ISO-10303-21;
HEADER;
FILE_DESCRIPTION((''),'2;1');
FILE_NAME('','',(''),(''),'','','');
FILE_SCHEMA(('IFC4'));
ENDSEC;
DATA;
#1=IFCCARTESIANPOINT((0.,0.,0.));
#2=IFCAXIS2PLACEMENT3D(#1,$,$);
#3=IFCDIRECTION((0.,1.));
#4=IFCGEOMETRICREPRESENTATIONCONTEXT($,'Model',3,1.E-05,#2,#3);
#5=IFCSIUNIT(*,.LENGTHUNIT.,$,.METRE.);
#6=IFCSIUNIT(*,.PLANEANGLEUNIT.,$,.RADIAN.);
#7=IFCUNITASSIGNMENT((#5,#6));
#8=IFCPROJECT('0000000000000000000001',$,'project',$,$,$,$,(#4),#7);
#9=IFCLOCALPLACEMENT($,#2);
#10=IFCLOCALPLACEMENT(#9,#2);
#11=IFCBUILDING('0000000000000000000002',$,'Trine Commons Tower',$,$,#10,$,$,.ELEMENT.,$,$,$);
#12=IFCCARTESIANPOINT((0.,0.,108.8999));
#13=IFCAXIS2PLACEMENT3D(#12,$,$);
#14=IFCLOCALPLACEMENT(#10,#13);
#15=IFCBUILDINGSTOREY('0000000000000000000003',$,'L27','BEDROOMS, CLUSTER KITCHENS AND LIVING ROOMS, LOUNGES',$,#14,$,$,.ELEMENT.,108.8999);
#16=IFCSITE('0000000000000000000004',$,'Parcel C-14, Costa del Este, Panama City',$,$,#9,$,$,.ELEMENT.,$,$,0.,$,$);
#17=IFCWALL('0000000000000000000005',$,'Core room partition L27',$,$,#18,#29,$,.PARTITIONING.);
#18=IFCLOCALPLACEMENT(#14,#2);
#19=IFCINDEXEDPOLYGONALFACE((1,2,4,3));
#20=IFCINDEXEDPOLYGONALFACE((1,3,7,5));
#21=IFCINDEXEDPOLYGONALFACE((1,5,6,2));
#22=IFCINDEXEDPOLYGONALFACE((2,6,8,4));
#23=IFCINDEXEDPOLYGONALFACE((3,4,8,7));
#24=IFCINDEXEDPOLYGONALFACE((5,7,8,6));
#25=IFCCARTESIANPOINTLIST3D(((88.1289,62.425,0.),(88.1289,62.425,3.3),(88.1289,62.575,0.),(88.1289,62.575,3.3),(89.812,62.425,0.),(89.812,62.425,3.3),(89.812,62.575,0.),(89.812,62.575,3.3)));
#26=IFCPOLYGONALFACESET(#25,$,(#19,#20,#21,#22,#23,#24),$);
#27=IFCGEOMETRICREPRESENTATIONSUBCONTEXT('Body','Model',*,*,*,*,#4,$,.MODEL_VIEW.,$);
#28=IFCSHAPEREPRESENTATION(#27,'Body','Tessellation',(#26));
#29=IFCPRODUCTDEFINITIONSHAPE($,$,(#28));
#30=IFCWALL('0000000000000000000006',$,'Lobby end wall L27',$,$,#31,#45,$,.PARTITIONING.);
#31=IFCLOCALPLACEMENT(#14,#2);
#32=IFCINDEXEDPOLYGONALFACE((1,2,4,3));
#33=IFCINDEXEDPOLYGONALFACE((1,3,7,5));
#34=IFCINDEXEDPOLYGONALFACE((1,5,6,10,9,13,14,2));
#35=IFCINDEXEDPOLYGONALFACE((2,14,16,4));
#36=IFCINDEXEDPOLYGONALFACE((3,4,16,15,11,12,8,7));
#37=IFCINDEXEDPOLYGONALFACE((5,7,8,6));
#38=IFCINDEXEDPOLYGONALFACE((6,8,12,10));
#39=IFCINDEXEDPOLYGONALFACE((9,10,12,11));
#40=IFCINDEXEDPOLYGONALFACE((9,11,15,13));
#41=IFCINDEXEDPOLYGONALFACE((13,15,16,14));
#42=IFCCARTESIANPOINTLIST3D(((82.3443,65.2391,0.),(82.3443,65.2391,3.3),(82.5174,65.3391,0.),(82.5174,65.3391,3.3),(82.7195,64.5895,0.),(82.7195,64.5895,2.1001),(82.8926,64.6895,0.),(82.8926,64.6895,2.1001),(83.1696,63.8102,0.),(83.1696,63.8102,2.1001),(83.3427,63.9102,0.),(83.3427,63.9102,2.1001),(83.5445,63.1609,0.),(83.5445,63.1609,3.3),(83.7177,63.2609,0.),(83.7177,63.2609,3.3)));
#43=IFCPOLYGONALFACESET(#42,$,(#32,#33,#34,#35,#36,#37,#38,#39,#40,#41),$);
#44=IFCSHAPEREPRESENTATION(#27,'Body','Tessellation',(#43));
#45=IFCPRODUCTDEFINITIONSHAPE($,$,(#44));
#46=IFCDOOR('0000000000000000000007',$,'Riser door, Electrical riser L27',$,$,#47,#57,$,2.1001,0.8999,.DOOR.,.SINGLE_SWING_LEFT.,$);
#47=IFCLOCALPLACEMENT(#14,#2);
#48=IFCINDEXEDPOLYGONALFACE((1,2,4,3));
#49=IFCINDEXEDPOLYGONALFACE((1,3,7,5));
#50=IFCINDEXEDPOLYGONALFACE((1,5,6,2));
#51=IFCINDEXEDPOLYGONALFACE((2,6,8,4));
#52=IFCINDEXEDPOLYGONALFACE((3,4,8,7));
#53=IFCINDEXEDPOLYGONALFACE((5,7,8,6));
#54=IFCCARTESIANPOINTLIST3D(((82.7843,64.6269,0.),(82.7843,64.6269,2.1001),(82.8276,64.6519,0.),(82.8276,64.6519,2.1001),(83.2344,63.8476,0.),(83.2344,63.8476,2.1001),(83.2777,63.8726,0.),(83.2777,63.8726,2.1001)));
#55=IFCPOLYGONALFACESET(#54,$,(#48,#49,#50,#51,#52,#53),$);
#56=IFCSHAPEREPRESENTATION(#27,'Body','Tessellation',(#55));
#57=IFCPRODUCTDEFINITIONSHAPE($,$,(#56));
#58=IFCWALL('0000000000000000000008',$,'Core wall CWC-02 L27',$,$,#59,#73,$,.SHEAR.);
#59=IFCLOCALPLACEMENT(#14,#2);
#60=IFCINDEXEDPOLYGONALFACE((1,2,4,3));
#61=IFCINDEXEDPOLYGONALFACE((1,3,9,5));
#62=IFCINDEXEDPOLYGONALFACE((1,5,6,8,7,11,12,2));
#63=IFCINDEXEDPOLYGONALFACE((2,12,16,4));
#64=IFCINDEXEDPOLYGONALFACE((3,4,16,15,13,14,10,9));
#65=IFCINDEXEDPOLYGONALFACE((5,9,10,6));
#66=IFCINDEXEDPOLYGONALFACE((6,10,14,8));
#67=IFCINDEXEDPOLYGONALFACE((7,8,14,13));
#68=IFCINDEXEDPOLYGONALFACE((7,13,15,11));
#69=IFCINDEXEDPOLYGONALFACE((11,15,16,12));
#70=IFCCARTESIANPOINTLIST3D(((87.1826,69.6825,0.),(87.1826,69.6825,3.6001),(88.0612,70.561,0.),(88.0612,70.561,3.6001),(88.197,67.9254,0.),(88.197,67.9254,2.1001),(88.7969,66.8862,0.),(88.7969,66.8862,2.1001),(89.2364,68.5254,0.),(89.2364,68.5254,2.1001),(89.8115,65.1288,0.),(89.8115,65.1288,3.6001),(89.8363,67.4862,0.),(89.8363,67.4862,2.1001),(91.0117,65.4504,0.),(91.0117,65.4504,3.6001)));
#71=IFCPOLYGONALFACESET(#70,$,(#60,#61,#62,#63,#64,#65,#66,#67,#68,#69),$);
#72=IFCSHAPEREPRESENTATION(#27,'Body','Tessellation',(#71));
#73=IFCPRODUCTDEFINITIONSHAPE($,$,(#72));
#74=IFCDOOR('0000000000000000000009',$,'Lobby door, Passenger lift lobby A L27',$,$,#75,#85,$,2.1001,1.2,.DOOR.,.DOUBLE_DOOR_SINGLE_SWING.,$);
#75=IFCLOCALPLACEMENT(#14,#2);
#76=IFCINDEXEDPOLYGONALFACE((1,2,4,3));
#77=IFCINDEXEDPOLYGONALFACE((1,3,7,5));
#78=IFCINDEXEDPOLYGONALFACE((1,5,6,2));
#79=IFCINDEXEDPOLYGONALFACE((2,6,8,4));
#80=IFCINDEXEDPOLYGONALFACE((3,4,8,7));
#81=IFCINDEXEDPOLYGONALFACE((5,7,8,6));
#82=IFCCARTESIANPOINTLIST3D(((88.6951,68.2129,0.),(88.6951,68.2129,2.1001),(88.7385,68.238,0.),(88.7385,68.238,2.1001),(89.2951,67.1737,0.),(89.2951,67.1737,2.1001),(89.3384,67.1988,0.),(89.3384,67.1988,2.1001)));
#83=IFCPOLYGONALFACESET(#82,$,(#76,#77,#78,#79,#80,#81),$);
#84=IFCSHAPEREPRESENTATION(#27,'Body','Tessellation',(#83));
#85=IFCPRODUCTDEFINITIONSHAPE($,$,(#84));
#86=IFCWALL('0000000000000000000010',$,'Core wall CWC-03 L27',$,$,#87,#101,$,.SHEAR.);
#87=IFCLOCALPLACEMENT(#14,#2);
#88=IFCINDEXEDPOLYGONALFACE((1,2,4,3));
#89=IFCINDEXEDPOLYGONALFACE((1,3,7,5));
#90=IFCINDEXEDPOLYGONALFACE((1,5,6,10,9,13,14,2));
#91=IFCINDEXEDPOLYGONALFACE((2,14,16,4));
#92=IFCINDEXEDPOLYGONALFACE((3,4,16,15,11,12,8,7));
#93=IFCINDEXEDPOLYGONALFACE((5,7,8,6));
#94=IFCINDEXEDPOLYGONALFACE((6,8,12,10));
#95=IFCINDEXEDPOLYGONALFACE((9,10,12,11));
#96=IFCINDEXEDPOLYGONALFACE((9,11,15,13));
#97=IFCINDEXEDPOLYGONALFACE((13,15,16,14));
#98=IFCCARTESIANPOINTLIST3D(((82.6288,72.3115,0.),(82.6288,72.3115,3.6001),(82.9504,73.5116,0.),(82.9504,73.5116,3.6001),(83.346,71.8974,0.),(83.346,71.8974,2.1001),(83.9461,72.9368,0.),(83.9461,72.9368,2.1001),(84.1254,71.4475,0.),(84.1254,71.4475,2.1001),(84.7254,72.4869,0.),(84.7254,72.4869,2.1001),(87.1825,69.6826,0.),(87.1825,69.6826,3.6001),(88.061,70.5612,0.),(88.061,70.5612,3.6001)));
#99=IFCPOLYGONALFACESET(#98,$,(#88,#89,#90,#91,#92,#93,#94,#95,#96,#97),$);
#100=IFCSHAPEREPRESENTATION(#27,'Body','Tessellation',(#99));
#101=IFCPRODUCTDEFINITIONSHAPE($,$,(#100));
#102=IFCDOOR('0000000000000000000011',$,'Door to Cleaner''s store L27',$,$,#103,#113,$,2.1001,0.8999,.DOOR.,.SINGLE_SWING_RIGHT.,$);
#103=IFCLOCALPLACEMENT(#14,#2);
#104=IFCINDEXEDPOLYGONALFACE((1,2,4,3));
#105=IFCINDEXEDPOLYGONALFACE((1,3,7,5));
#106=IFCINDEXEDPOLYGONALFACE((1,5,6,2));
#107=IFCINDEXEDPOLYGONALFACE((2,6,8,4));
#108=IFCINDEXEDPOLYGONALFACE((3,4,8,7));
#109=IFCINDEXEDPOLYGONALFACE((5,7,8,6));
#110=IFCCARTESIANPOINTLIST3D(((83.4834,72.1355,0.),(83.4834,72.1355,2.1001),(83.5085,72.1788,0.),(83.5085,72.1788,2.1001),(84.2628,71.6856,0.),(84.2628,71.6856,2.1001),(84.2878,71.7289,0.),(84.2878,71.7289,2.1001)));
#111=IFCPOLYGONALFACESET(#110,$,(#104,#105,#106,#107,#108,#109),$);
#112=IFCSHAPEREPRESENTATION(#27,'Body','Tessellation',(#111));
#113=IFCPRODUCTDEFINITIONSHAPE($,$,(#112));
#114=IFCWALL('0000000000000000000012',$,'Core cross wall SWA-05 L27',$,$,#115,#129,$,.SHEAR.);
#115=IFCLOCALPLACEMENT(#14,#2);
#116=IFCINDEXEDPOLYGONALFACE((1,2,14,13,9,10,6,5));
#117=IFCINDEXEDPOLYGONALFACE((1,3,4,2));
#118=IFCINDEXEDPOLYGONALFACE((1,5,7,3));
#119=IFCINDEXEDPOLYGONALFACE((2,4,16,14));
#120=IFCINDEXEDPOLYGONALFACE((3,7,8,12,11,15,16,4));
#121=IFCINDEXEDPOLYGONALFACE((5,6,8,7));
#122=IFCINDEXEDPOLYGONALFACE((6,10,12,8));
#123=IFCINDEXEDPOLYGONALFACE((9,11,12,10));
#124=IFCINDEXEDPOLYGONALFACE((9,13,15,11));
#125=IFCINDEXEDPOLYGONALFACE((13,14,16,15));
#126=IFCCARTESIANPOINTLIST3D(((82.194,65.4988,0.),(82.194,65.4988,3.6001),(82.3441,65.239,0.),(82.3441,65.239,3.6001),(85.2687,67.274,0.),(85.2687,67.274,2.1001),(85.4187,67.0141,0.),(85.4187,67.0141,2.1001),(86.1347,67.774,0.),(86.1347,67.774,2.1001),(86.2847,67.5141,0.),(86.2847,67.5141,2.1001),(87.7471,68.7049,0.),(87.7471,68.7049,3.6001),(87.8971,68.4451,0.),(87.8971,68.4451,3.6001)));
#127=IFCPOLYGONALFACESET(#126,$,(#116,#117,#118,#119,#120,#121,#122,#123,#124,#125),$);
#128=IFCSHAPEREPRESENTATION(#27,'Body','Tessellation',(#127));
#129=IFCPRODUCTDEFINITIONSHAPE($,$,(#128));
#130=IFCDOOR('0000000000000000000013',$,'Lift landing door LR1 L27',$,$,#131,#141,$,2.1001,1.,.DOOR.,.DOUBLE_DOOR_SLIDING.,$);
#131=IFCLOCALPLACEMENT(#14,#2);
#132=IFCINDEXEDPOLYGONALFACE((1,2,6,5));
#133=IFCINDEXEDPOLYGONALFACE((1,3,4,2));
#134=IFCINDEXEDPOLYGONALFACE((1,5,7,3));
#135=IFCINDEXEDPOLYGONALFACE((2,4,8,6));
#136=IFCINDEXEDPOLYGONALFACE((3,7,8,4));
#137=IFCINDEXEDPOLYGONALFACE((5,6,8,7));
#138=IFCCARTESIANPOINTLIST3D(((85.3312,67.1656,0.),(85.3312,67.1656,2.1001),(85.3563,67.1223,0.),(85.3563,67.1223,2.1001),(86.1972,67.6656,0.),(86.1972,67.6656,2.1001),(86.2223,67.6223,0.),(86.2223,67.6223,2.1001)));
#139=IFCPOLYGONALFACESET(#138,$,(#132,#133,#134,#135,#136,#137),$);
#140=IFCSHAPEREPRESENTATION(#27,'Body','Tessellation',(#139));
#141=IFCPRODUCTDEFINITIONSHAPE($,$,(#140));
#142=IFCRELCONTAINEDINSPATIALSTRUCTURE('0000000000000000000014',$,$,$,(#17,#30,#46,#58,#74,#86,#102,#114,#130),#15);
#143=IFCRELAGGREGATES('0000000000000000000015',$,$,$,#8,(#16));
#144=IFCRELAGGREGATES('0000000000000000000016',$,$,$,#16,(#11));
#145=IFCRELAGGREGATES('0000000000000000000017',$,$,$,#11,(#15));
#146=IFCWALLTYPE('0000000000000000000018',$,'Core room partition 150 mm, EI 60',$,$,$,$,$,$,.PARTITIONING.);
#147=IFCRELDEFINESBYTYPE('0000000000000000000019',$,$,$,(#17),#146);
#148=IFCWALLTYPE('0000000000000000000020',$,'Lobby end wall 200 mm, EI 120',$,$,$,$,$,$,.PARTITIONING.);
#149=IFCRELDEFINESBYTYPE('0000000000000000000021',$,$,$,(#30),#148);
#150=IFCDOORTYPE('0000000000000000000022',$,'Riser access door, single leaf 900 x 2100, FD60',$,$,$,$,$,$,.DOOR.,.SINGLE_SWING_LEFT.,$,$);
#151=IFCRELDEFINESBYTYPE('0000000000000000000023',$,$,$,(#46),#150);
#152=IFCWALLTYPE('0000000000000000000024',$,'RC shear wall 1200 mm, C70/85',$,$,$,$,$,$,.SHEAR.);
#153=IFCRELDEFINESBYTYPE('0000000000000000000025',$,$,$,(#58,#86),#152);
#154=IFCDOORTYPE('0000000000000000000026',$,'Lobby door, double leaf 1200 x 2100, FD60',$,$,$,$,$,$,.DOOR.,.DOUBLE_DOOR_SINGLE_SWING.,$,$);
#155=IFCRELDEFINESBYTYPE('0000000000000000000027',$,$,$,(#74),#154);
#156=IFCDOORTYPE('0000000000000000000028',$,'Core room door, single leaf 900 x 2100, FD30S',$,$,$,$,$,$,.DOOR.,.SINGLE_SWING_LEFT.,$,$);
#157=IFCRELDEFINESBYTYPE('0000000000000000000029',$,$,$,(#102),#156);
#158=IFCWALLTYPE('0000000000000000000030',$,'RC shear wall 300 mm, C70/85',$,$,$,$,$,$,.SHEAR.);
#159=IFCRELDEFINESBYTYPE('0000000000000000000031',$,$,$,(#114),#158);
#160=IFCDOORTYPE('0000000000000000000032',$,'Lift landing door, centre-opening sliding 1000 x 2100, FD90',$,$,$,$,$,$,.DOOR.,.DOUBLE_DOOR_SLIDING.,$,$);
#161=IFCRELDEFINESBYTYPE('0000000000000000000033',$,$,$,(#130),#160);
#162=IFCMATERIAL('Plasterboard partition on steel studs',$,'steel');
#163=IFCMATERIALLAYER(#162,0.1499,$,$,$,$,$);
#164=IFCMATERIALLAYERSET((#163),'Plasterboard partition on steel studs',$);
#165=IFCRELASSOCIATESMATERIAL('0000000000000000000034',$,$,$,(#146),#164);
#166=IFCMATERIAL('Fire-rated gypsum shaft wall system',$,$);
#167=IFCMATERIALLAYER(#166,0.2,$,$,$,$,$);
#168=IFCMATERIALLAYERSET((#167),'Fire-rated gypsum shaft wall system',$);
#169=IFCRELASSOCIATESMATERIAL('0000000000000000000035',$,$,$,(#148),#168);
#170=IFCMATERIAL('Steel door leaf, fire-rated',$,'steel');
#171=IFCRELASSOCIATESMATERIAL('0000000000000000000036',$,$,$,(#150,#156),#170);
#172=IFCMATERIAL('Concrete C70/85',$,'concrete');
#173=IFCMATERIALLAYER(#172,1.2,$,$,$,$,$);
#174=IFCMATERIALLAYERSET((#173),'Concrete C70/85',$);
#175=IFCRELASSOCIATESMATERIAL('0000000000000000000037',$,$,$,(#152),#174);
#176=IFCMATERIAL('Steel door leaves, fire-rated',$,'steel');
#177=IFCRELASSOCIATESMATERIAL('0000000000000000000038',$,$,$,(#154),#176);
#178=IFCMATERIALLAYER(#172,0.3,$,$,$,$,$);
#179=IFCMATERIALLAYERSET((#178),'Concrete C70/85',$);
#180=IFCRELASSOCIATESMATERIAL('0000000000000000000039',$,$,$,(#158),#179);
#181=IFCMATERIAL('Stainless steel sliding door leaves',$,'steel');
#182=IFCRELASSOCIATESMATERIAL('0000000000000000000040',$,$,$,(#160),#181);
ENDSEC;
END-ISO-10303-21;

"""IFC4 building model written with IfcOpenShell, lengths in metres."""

from ifc_helpers import new_model, si_unit, direction, frame, frame_2d, origin, place, context, subcontext, project, spatial, polyline, rectangle, outline, extrude, material, layer, layer_set, type_object, element, fill, save


model = new_model("IFC4")

# Units and contexts
model_context = context("Model", 3, precision=1e-05, world=origin(), true_north=direction((0.0, 1.0)))
body_context = subcontext(model_context, "Body", "Model", "MODEL_VIEW")
ifc_project = project(units=[si_unit("LENGTHUNIT", "METRE"), si_unit("PLANEANGLEUNIT", "RADIAN")], contexts=[model_context])

# Site, building, storey
site_placement = place(None, origin())
site = spatial("IfcSite", under=ifc_project, at=site_placement, Name="Parcel C-14, Costa del Este, Panama City", CompositionType="ELEMENT", RefElevation=0.0)
building_placement = place(site_placement, origin())
building = spatial("IfcBuilding", under=site, at=building_placement, Name="Trine Commons Tower", CompositionType="ELEMENT")
storey_placement = place(building_placement, frame((0.0, 0.0, 108.8999)))
storey = spatial("IfcBuildingStorey", under=building, at=storey_placement, Name="L27", Description="BEDROOMS, CLUSTER KITCHENS AND LIVING ROOMS, LOUNGES", CompositionType="ELEMENT", Elevation=108.8999)

# Wall
ifc_material_1 = material(Name="Plasterboard partition on steel studs", Category="steel")
ifc_layer_1 = layer(ifc_material_1, 0.1499)
ifc_layer_set_1 = layer_set([ifc_layer_1], Name="Plasterboard partition on steel studs")
wall_type_1 = type_object("IfcWallType", Name="Core room partition 150 mm, EI 60", PredefinedType="PARTITIONING", material=ifc_layer_set_1)
wall_1_placement = place(storey_placement, frame((89.812, 62.5, 0.0), z_axis=(0.0, 0.0, 1.0), x_axis=(-1.0, 0.0, 0.0)))
element("IfcWall", 1, at=wall_1_placement, inside=storey, type_object=wall_type_1, Name="Core room partition L27", PredefinedType="PARTITIONING", context=body_context, shape_type="SweptSolid", body=[
    extrude(rectangle(XDim=1.6831, YDim=0.1499, at=frame_2d((0.8416, 0.0))), origin(), (0.0, 0.0, 1.0), 3.3),
])

# Walls, openings, doors
ifc_material_2 = material(Name="Fire-rated gypsum shaft wall system")
ifc_layer_2 = layer(ifc_material_2, 0.2)
ifc_layer_set_2 = layer_set([ifc_layer_2], Name="Fire-rated gypsum shaft wall system")
wall_type_2 = type_object("IfcWallType", Name="Lobby end wall 200 mm, EI 120", PredefinedType="PARTITIONING", material=ifc_layer_set_2)
wall_2_placement = place(storey_placement, frame((83.6311, 63.2109, 0.0), z_axis=(0.0, 0.0, 1.0), x_axis=(-0.500122, 0.865955, 0.0)))
wall_2 = element("IfcWall", 2, at=wall_2_placement, inside=storey, type_object=wall_type_2, Name="Lobby end wall L27", PredefinedType="PARTITIONING", context=body_context, shape_type="SweptSolid", body=[
    extrude(rectangle(XDim=2.3999, YDim=0.2, at=frame_2d((1.2, 0.0))), origin(), (0.0, 0.0, 1.0), 3.3),
])
opening_1_placement = place(wall_2_placement, frame((0.7498, 0.0, 0.0)))
opening_1 = element("IfcOpeningElement", 3, at=opening_1_placement, cuts=wall_2, PredefinedType="OPENING", context=body_context, shape_type="SweptSolid", body=[
    extrude(rectangle(XDim=0.8999, YDim=2.1001, at=frame_2d((0.45, 1.05))), frame((0.0, 0.1099, 0.0), z_axis=(0.0, -1.0, 0.0), x_axis=(1.0, 0.0, 0.0)), (0.0, 0.0, 1.0), 0.22),
])
ifc_material_3 = material(Name="Steel door leaf, fire-rated", Category="steel")
door_type_1 = type_object("IfcDoorType", Name="Riser access door, single leaf 900 x 2100, FD60", OperationType="SINGLE_SWING_LEFT", PredefinedType="DOOR", material=ifc_material_3)
door_1_placement = place(opening_1_placement, frame((0.8999, 0.0, 0.0), z_axis=(0.0, 0.0, 1.0), x_axis=(-1.0, 0.0, 0.0)))
door_1 = element("IfcDoor", 4, at=door_1_placement, inside=storey, type_object=door_type_1, Name="Riser door, Electrical riser L27", OperationType="SINGLE_SWING_LEFT", OverallHeight=2.1001, OverallWidth=0.8999, PredefinedType="DOOR", context=body_context, shape_type="SweptSolid", body=[
    extrude(rectangle(XDim=0.8999, YDim=2.1001, at=frame_2d((0.45, 1.05))), frame((0.0, 0.0249, 0.0), z_axis=(0.0, -1.0, 0.0), x_axis=(1.0, 0.0, 0.0)), (0.0, 0.0, 1.0), 0.05),
])
fill(opening_1, door_1)
ifc_material_4 = material(Name="Concrete C70/85", Category="concrete")
ifc_layer_3 = layer(ifc_material_4, 1.2)
ifc_layer_set_3 = layer_set([ifc_layer_3], Name="Concrete C70/85")
wall_type_3 = type_object("IfcWallType", Name="RC shear wall 1200 mm, C70/85", PredefinedType="SHEAR", material=ifc_layer_set_3)
wall_3_placement = place(storey_placement, frame((90.4919, 65.1504, 0.0), z_axis=(0.0, 0.0, 1.0), x_axis=(-0.499979, 0.866037, 0.0)))
wall_3 = element("IfcWall", 5, at=wall_3_placement, inside=storey, type_object=wall_type_3, Name="Core wall CWC-02 L27", PredefinedType="SHEAR", context=body_context, shape_type="SweptSolid", body=[
    extrude(outline(polyline([(0.0, -0.6001), (5.9011, -0.6001), (5.5796, 0.6001), (0.3215, 0.6001), (0.0, -0.6001)])), origin(), (0.0, 0.0, 1.0), 3.6001),
])
opening_2_placement = place(wall_3_placement, frame((2.3506, 0.0, 0.0)))
opening_2 = element("IfcOpeningElement", 6, at=opening_2_placement, cuts=wall_3, PredefinedType="OPENING", context=body_context, shape_type="SweptSolid", body=[
    extrude(rectangle(XDim=1.2, YDim=2.1001, at=frame_2d((0.6001, 1.05))), frame((0.0, 0.6099, 0.0), z_axis=(0.0, -1.0, 0.0), x_axis=(1.0, 0.0, 0.0)), (0.0, 0.0, 1.0), 1.22),
])
ifc_material_5 = material(Name="Steel door leaves, fire-rated", Category="steel")
door_type_2 = type_object("IfcDoorType", Name="Lobby door, double leaf 1200 x 2100, FD60", OperationType="DOUBLE_DOOR_SINGLE_SWING", PredefinedType="DOOR", material=ifc_material_5)
door_2_placement = place(opening_2_placement, origin())
door_2 = element("IfcDoor", 7, at=door_2_placement, inside=storey, type_object=door_type_2, Name="Lobby door, Passenger lift lobby A L27", OperationType="DOUBLE_DOOR_SINGLE_SWING", OverallHeight=2.1001, OverallWidth=1.2, PredefinedType="DOOR", context=body_context, shape_type="SweptSolid", body=[
    extrude(rectangle(XDim=1.2, YDim=2.1001, at=frame_2d((0.6001, 1.05))), frame((0.0, 0.0249, 0.0), z_axis=(0.0, -1.0, 0.0), x_axis=(1.0, 0.0, 0.0)), (0.0, 0.0, 1.0), 0.05),
])
fill(opening_2, door_2)
wall_4_placement = place(storey_placement, frame((87.761, 70.0415, 0.0), z_axis=(0.0, 0.0, 1.0), x_axis=(-0.866037, 0.499979, 0.0)))
wall_4 = element("IfcWall", 8, at=wall_4_placement, inside=storey, type_object=wall_type_3, Name="Core wall CWC-03 L27", PredefinedType="SHEAR", context=body_context, shape_type="SweptSolid", body=[
    extrude(outline(polyline([(0.0, -0.6001), (5.9011, -0.6001), (5.5796, 0.6001), (0.3215, 0.6001), (0.0, -0.6001)])), origin(), (0.0, 0.0, 1.0), 3.6001),
])
opening_3_placement = place(wall_4_placement, frame((3.8516, 0.0, 0.0)))
opening_3 = element("IfcOpeningElement", 9, at=opening_3_placement, cuts=wall_4, PredefinedType="OPENING", context=body_context, shape_type="SweptSolid", body=[
    extrude(rectangle(XDim=0.8999, YDim=2.1001, at=frame_2d((0.45, 1.05))), frame((0.0, 0.6099, 0.0), z_axis=(0.0, -1.0, 0.0), x_axis=(1.0, 0.0, 0.0)), (0.0, 0.0, 1.0), 1.22),
])
door_type_3 = type_object("IfcDoorType", Name="Core room door, single leaf 900 x 2100, FD30S", OperationType="SINGLE_SWING_LEFT", PredefinedType="DOOR", material=ifc_material_3)
door_3_placement = place(opening_3_placement, origin())
door_3 = element("IfcDoor", 10, at=door_3_placement, inside=storey, type_object=door_type_3, Name="Door to Cleaner's store L27", OperationType="SINGLE_SWING_RIGHT", OverallHeight=2.1001, OverallWidth=0.8999, PredefinedType="DOOR", context=body_context, shape_type="SweptSolid", body=[
    extrude(rectangle(XDim=0.8999, YDim=2.1001, at=frame_2d((0.45, 1.05))), frame((0.0, 0.3252, 0.0), z_axis=(0.0, -1.0, 0.0), x_axis=(1.0, 0.0, 0.0)), (0.0, 0.0, 1.0), 0.05),
])
fill(opening_3, door_3)
ifc_layer_4 = layer(ifc_material_4, 0.3)
ifc_layer_set_4 = layer_set([ifc_layer_4], Name="Concrete C70/85")
wall_type_4 = type_object("IfcWallType", Name="RC shear wall 300 mm, C70/85", PredefinedType="SHEAR", material=ifc_layer_set_4)
wall_5_placement = place(storey_placement, frame((82.269, 65.3689, 0.0), z_axis=(0.0, 0.0, 1.0), x_axis=(0.866023, 0.500005, 0.0)))
wall_5 = element("IfcWall", 11, at=wall_5_placement, inside=storey, type_object=wall_type_4, Name="Core cross wall SWA-05 L27", PredefinedType="SHEAR", context=body_context, shape_type="SweptSolid", body=[
    extrude(rectangle(XDim=6.4121, YDim=0.3, at=frame_2d((3.2061, 0.0))), origin(), (0.0, 0.0, 1.0), 3.6001),
])
opening_4_placement = place(wall_5_placement, frame((3.5503, 0.0, 0.0)))
opening_4 = element("IfcOpeningElement", 12, at=opening_4_placement, cuts=wall_5, PredefinedType="OPENING", context=body_context, shape_type="SweptSolid", body=[
    extrude(rectangle(XDim=1.0, YDim=2.1001, at=frame_2d((0.5, 1.05))), frame((0.0, 0.1599, 0.0), z_axis=(0.0, -1.0, 0.0), x_axis=(1.0, 0.0, 0.0)), (0.0, 0.0, 1.0), 0.3201),
])
ifc_material_6 = material(Name="Stainless steel sliding door leaves", Category="steel")
door_type_4 = type_object("IfcDoorType", Name="Lift landing door, centre-opening sliding 1000 x 2100, FD90", OperationType="DOUBLE_DOOR_SLIDING", PredefinedType="DOOR", material=ifc_material_6)
door_4_placement = place(opening_4_placement, origin())
door_4 = element("IfcDoor", 13, at=door_4_placement, inside=storey, type_object=door_type_4, Name="Lift landing door LR1 L27", OperationType="DOUBLE_DOOR_SLIDING", OverallHeight=2.1001, OverallWidth=1.0, PredefinedType="DOOR", context=body_context, shape_type="SweptSolid", body=[
    extrude(rectangle(XDim=1.0, YDim=2.1001, at=frame_2d((0.5, 1.05))), frame((0.0, 0.0249, 0.0), z_axis=(0.0, -1.0, 0.0), x_axis=(1.0, 0.0, 0.0)), (0.0, 0.0, 1.0), 0.05),
])
fill(opening_4, door_4)

save(model, "model.ifc")
